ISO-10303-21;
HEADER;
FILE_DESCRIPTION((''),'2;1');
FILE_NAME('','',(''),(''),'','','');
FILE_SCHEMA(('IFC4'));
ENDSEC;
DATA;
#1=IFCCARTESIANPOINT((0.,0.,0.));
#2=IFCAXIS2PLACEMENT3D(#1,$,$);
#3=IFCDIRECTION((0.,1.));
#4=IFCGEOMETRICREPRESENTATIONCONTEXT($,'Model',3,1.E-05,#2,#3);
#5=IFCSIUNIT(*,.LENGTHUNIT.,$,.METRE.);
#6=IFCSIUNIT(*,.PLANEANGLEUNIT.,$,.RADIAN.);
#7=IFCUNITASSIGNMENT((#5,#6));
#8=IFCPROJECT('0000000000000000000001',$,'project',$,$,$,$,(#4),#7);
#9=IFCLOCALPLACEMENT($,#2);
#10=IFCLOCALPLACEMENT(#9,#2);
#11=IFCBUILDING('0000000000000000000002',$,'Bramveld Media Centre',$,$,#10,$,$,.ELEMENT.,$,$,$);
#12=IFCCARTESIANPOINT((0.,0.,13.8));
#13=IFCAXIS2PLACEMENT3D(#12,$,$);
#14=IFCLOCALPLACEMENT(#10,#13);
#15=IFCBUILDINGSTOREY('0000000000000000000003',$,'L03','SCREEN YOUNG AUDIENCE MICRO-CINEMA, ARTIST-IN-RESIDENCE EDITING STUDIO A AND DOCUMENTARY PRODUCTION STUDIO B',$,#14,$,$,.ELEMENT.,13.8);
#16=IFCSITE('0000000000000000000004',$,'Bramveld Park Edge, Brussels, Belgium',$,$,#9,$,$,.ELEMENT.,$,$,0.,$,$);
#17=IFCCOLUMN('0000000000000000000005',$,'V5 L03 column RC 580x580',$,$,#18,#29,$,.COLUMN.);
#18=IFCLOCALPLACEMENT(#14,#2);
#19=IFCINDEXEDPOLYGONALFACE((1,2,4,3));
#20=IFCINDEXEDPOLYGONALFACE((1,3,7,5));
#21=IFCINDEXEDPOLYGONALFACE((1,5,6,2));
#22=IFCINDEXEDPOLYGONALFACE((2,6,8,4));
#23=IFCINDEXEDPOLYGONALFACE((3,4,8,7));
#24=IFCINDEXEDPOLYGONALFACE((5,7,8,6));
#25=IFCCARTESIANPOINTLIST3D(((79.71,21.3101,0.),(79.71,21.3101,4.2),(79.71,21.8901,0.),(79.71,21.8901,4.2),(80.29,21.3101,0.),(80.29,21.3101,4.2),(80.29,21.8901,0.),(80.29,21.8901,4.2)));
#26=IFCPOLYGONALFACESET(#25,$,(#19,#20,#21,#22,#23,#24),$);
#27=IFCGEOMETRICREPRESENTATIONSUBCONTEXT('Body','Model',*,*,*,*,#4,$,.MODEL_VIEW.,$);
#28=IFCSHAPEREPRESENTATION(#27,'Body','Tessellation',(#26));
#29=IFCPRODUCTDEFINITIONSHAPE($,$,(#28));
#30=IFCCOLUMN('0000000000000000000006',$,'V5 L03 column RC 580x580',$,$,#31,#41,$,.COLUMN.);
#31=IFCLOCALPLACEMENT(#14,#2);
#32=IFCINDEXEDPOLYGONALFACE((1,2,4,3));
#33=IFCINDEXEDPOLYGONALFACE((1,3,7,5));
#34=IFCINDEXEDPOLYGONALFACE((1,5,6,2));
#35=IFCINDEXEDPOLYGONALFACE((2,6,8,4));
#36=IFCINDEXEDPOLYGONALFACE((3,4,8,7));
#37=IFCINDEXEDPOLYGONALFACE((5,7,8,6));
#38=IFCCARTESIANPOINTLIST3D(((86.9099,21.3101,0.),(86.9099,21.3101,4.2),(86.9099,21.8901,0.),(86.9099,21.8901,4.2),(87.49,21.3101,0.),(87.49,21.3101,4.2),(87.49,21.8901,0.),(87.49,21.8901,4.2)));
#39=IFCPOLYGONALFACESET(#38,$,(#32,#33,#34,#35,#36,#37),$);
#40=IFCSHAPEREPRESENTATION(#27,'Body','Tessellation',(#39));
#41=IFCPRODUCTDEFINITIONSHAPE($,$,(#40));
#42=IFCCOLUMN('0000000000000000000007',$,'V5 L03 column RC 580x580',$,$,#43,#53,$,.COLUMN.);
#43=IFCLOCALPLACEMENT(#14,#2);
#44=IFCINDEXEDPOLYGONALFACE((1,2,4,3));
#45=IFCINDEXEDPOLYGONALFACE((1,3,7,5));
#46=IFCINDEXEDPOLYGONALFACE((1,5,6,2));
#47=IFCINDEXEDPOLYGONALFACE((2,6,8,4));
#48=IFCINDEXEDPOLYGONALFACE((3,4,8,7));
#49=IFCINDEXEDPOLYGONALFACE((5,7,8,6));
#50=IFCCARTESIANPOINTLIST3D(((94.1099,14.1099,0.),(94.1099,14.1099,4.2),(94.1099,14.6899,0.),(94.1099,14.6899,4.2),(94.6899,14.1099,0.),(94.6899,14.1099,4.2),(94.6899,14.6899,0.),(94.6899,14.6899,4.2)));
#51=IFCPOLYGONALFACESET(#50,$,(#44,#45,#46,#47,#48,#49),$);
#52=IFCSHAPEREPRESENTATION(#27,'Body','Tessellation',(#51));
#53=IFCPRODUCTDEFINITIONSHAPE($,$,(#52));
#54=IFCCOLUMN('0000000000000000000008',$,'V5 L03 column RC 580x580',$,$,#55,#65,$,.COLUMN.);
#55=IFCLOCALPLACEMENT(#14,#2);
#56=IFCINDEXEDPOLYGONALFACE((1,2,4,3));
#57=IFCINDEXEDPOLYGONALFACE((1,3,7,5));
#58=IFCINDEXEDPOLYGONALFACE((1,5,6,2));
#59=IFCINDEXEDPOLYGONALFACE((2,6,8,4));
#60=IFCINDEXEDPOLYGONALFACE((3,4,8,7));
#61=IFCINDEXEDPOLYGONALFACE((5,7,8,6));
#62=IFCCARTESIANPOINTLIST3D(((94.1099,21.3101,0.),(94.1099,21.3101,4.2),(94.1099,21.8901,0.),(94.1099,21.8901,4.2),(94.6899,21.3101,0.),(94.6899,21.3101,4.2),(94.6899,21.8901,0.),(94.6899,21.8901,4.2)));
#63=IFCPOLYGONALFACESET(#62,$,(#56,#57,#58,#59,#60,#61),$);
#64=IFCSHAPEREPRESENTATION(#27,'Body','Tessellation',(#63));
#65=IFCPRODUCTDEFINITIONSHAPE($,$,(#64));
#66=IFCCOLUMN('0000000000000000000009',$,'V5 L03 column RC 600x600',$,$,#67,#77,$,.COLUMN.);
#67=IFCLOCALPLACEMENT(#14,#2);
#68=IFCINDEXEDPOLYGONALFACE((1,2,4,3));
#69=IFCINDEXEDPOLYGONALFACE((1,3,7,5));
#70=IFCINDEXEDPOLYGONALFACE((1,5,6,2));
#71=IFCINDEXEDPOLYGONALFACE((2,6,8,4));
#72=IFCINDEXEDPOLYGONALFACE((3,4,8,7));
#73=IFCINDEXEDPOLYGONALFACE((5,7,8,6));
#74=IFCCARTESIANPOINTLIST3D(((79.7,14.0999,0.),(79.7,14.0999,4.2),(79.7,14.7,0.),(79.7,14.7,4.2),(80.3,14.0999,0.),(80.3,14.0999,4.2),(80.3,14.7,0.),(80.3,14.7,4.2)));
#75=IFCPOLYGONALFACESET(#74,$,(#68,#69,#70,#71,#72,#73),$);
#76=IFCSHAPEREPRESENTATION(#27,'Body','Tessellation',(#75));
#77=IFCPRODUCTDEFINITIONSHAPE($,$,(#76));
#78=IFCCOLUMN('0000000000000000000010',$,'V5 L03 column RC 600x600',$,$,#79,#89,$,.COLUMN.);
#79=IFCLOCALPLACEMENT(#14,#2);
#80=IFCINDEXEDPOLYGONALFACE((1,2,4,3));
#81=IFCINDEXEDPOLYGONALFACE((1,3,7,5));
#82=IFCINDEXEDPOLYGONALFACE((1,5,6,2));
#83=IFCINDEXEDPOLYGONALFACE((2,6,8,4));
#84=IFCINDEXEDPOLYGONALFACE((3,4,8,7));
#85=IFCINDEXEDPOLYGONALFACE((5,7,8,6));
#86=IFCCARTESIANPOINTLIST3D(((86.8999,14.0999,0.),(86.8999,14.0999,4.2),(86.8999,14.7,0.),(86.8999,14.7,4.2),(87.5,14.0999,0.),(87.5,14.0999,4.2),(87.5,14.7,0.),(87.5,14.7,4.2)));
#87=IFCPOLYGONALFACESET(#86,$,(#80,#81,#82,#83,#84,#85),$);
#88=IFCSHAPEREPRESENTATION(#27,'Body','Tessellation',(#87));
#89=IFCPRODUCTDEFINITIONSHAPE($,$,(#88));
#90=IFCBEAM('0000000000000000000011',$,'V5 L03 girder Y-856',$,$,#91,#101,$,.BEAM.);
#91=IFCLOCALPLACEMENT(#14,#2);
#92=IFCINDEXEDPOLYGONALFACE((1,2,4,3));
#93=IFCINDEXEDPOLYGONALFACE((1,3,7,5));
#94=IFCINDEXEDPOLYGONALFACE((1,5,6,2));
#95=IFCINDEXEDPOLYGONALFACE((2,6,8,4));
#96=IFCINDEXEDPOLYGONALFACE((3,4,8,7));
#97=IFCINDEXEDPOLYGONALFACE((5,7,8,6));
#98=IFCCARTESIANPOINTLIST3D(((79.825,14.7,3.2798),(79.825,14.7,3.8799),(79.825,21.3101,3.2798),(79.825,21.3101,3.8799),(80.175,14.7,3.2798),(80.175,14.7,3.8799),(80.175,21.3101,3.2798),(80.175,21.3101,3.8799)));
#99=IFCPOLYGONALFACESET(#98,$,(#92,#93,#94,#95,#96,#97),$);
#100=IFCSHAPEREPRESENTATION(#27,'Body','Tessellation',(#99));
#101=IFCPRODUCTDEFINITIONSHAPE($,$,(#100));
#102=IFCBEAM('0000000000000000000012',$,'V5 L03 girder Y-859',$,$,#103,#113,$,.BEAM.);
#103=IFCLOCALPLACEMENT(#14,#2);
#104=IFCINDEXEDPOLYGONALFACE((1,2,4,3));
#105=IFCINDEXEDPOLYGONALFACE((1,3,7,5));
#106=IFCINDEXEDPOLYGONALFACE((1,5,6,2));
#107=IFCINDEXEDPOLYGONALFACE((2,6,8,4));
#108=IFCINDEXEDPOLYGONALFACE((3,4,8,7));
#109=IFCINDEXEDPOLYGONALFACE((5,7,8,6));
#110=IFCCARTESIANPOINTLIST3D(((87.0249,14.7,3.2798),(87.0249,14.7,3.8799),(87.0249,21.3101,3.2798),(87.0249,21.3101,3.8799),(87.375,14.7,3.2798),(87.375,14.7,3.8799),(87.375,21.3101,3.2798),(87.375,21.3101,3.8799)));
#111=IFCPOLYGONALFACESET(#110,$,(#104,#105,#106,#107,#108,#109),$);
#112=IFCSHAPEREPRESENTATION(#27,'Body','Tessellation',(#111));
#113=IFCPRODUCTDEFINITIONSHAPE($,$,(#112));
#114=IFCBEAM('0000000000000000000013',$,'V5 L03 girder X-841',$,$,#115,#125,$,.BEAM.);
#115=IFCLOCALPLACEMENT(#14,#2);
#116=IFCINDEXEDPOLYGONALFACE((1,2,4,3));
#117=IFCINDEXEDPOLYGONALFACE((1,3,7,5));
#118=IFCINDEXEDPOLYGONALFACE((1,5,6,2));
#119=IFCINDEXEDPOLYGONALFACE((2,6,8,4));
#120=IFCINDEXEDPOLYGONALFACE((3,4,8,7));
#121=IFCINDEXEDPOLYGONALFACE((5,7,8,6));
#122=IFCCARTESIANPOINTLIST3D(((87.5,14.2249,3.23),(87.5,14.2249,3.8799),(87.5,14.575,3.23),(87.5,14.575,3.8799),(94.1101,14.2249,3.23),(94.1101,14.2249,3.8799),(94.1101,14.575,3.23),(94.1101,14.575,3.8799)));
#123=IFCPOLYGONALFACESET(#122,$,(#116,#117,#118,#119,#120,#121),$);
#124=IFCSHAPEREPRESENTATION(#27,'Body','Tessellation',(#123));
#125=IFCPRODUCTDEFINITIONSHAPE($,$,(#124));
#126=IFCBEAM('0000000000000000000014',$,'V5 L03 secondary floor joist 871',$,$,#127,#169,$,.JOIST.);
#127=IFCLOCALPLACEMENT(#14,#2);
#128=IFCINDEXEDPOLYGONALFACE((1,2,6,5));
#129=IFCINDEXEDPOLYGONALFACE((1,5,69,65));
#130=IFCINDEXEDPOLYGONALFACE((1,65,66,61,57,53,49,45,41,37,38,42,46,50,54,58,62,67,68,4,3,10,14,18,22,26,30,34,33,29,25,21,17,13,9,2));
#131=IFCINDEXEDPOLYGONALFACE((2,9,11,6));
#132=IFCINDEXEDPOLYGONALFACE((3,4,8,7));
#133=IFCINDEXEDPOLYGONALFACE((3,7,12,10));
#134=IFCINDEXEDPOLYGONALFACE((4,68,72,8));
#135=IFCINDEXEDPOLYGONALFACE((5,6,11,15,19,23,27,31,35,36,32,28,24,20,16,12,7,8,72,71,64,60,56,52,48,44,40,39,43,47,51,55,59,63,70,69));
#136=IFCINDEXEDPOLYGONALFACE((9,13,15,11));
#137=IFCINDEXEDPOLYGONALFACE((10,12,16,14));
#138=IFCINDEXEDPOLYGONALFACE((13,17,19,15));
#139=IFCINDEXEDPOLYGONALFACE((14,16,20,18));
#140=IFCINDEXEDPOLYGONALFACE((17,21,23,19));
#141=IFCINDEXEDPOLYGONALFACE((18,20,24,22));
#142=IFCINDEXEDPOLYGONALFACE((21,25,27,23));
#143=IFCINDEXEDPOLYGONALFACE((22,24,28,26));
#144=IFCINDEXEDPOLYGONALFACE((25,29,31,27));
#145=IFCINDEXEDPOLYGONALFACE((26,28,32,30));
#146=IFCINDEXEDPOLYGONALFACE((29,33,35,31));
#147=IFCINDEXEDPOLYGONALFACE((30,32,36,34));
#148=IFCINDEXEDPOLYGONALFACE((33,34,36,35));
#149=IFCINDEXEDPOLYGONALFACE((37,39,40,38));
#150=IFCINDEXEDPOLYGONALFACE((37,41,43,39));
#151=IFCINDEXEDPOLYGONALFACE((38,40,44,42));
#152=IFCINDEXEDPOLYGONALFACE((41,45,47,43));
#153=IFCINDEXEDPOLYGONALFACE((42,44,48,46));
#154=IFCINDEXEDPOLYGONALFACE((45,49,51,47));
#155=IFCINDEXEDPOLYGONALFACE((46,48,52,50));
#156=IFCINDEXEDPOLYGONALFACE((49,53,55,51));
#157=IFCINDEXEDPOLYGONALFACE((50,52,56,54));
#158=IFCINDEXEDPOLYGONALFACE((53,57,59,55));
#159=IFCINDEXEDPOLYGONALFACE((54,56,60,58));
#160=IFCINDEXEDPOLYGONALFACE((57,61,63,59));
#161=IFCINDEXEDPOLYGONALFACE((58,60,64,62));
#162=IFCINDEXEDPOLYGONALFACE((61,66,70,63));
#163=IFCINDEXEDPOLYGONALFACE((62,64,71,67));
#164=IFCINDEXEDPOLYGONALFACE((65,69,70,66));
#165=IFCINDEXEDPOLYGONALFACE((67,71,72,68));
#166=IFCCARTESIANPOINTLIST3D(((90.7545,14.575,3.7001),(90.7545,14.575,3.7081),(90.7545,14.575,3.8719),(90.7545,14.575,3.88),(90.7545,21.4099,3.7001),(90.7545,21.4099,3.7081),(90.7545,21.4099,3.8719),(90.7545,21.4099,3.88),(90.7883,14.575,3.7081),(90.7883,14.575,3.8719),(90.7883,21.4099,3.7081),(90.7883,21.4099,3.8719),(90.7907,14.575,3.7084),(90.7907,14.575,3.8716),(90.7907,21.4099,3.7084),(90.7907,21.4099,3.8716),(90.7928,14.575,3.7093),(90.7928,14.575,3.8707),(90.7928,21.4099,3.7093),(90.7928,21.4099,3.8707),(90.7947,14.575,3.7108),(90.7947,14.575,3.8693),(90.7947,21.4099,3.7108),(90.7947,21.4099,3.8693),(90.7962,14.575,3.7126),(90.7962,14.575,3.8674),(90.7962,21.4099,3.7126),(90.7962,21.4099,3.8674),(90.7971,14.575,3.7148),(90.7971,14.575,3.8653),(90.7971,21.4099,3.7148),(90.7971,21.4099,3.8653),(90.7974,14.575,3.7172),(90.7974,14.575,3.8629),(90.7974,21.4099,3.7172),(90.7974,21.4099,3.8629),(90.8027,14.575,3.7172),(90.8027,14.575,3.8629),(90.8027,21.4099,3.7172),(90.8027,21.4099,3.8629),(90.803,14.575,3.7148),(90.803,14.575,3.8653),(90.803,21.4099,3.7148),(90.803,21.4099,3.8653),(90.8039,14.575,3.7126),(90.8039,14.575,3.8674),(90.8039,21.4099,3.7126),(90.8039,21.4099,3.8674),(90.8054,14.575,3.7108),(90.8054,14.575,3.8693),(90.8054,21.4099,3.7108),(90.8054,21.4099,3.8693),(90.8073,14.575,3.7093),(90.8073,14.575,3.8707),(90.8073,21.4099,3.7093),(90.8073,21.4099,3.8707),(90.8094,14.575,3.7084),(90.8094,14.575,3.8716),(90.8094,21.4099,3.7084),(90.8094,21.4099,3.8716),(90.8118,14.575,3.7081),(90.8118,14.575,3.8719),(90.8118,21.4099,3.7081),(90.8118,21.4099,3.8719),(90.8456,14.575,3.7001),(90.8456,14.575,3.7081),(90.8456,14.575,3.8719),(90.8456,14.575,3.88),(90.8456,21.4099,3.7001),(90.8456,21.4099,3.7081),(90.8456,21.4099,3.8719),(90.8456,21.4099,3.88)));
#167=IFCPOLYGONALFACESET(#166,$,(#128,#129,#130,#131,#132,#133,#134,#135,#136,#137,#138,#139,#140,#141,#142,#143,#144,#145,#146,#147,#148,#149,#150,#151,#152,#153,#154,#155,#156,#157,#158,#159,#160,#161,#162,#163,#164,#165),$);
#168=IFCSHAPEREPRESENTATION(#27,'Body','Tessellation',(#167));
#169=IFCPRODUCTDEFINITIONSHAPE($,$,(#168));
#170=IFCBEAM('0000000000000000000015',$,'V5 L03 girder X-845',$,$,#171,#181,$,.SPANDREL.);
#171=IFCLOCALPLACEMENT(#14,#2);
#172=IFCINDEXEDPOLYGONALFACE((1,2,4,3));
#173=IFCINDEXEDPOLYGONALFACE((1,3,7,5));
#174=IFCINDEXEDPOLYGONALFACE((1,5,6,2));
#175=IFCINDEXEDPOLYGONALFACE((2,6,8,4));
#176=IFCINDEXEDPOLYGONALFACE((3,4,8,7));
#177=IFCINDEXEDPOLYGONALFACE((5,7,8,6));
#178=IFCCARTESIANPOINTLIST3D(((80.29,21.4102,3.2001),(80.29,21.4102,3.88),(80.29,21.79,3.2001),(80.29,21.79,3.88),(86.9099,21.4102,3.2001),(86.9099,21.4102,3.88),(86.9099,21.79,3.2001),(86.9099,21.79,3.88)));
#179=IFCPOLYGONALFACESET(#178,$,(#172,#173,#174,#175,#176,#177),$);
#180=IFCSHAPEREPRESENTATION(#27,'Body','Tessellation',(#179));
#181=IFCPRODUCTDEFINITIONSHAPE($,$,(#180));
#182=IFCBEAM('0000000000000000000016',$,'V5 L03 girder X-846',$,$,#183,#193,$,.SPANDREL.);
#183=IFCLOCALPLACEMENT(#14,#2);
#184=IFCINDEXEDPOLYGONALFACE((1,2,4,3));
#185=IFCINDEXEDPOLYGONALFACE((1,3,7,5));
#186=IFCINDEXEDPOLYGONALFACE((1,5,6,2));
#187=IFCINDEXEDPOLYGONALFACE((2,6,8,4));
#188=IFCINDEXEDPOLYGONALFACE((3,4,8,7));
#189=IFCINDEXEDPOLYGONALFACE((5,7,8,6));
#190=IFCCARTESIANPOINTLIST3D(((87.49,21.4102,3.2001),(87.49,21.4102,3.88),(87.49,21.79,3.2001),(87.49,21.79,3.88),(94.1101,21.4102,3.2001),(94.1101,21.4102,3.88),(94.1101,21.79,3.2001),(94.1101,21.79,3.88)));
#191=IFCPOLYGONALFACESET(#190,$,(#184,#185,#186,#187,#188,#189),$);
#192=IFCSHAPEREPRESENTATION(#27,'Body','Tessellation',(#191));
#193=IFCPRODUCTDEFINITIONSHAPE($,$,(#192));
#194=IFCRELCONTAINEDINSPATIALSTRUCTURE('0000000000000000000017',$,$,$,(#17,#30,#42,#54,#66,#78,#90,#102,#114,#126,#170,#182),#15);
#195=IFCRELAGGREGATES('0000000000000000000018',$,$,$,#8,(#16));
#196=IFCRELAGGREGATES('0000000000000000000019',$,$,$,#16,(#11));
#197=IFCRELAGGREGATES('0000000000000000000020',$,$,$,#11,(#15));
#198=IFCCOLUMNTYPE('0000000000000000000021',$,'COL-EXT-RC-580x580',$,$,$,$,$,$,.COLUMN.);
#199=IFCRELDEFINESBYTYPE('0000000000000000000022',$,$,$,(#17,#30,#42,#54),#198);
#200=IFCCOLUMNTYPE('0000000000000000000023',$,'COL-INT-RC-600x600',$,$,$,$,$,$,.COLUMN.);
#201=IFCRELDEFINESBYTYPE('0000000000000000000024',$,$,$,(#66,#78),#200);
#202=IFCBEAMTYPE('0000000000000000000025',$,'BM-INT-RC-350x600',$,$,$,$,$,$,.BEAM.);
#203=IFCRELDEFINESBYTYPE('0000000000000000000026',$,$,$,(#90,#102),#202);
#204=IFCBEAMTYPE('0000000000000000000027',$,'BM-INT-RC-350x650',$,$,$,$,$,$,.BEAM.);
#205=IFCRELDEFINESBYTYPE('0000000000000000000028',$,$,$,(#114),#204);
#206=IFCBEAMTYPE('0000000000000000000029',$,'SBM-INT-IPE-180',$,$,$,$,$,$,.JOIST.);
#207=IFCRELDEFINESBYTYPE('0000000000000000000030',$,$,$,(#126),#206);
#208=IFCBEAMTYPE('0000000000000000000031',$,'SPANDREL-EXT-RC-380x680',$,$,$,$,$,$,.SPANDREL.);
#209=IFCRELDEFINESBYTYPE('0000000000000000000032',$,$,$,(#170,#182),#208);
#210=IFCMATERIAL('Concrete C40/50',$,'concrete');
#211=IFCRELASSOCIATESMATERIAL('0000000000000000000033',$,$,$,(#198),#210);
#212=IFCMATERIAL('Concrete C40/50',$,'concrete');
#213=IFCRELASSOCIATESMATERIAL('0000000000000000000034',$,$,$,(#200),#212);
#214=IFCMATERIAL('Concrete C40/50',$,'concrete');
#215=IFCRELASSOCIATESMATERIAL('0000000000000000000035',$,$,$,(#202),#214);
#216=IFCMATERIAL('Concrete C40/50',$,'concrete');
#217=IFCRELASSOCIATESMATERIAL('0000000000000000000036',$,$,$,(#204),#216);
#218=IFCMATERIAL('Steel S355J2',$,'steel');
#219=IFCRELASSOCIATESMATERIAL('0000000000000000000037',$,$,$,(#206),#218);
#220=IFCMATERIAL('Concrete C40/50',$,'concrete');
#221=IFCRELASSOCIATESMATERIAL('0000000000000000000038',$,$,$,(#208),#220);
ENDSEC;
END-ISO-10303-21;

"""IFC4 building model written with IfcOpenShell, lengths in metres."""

from ifc_helpers import new_model, si_unit, direction, frame, origin, origin_2d, place, context, subcontext, project, spatial, rectangle, i_section, extrude, material, material_profile, profile_set, type_object, element, save


model = new_model("IFC4")

# Units and contexts
model_context = context("Model", 3, precision=1e-05, world=origin(), true_north=direction((0.0, 1.0)))
body_context = subcontext(model_context, "Body", "Model", "MODEL_VIEW")
ifc_project = project(units=[si_unit("LENGTHUNIT", "METRE"), si_unit("PLANEANGLEUNIT", "RADIAN")], contexts=[model_context])

# Site, building, storey
site_placement = place(None, origin())
site = spatial("IfcSite", under=ifc_project, at=site_placement, Name="Bramveld Park Edge, Brussels, Belgium", CompositionType="ELEMENT", RefElevation=0.0)
building_placement = place(site_placement, origin())
building = spatial("IfcBuilding", under=site, at=building_placement, Name="Bramveld Media Centre", CompositionType="ELEMENT")
storey_placement = place(building_placement, frame((0.0, 0.0, 13.8)))
storey = spatial("IfcBuildingStorey", under=building, at=storey_placement, Name="L03", Description="SCREEN YOUNG AUDIENCE MICRO-CINEMA, ARTIST-IN-RESIDENCE EDITING STUDIO A AND DOCUMENTARY PRODUCTION STUDIO B", CompositionType="ELEMENT", Elevation=13.8)

# Columns
ifc_material_1 = material(Name="Concrete C40/50", Category="concrete")
ifc_material_profile_1 = material_profile(ifc_material_1, rectangle(XDim=0.5801, YDim=0.5801, at=origin_2d()), Name="RC 580x580")
ifc_profile_set_1 = profile_set([ifc_material_profile_1], Name="Concrete C40/50")
column_type_1 = type_object("IfcColumnType", Name="COL-EXT-RC-580x580", PredefinedType="COLUMN", material=ifc_profile_set_1)
for number, where, z_axis, x_axis, name in (
    (1, (80.0, 21.6001, 0.0), (0.0, 0.0, 1.0), (1.0, 0.0, 0.0), "V5 L03 column RC 580x580"),
    (2, (87.2, 21.6001, 0.0), (0.0, 0.0, 1.0), (1.0, 0.0, 0.0), "V5 L03 column RC 580x580"),
    (3, (94.3999, 14.3999, 0.0), (0.0, 0.0, 1.0), (1.0, 0.0, 0.0), "V5 L03 column RC 580x580"),
    (4, (94.3999, 21.6001, 0.0), (0.0, 0.0, 1.0), (1.0, 0.0, 0.0), "V5 L03 column RC 580x580"),
):
    element("IfcColumn", number, at=place(storey_placement, frame(where, z_axis=z_axis, x_axis=x_axis)), inside=storey, type_object=column_type_1, Name=name, PredefinedType="COLUMN", context=body_context, shape_type="SweptSolid", body=[
        extrude(rectangle(XDim=0.5801, YDim=0.5801, at=origin_2d()), origin(), (0.0, 0.0, 1.0), 4.2),
    ])
ifc_material_2 = material(Name="Concrete C40/50", Category="concrete")
ifc_material_profile_2 = material_profile(ifc_material_2, rectangle(XDim=0.6001, YDim=0.6001, at=origin_2d()), Name="RC 600x600")
ifc_profile_set_2 = profile_set([ifc_material_profile_2], Name="Concrete C40/50")
column_type_2 = type_object("IfcColumnType", Name="COL-INT-RC-600x600", PredefinedType="COLUMN", material=ifc_profile_set_2)
for number, where, z_axis, x_axis, name in (
    (5, (80.0, 14.3999, 0.0), (0.0, 0.0, 1.0), (1.0, 0.0, 0.0), "V5 L03 column RC 600x600"),
    (6, (87.2, 14.3999, 0.0), (0.0, 0.0, 1.0), (1.0, 0.0, 0.0), "V5 L03 column RC 600x600"),
):
    element("IfcColumn", number, at=place(storey_placement, frame(where, z_axis=z_axis, x_axis=x_axis)), inside=storey, type_object=column_type_2, Name=name, PredefinedType="COLUMN", context=body_context, shape_type="SweptSolid", body=[
        extrude(rectangle(XDim=0.6001, YDim=0.6001, at=origin_2d()), origin(), (0.0, 0.0, 1.0), 4.2),
    ])

# Beams
ifc_material_3 = material(Name="Concrete C40/50", Category="concrete")
ifc_material_profile_3 = material_profile(ifc_material_3, rectangle(XDim=0.3501, YDim=0.6001, at=origin_2d()), Name="RC 350x600")
ifc_profile_set_3 = profile_set([ifc_material_profile_3], Name="Concrete C40/50")
beam_type_1 = type_object("IfcBeamType", Name="BM-INT-RC-350x600", PredefinedType="BEAM", material=ifc_profile_set_3)
for number, where, z_axis, x_axis, name in (
    (7, (80.0, 14.7, 3.5798), (0.0, 1.0, 0.0), (-1.0, 0.0, 0.0), "V5 L03 girder Y-856"),
    (8, (87.2, 14.7, 3.5798), (0.0, 1.0, 0.0), (-1.0, 0.0, 0.0), "V5 L03 girder Y-859"),
):
    element("IfcBeam", number, at=place(storey_placement, frame(where, z_axis=z_axis, x_axis=x_axis)), inside=storey, type_object=beam_type_1, Name=name, PredefinedType="BEAM", context=body_context, shape_type="SweptSolid", body=[
        extrude(rectangle(XDim=0.3501, YDim=0.6001, at=origin_2d()), origin(), (0.0, 0.0, 1.0), 6.6101),
    ])
ifc_material_4 = material(Name="Concrete C40/50", Category="concrete")
ifc_material_profile_4 = material_profile(ifc_material_4, rectangle(XDim=0.3501, YDim=0.6499, at=origin_2d()), Name="RC 350x650")
ifc_profile_set_4 = profile_set([ifc_material_profile_4], Name="Concrete C40/50")
beam_type_2 = type_object("IfcBeamType", Name="BM-INT-RC-350x650", PredefinedType="BEAM", material=ifc_profile_set_4)
beam_1_placement = place(storey_placement, frame((87.5, 14.3999, 3.5549), z_axis=(1.0, 0.0, 0.0), x_axis=(0.0, 1.0, 0.0)))
element("IfcBeam", 9, at=beam_1_placement, inside=storey, type_object=beam_type_2, Name="V5 L03 girder X-841", PredefinedType="BEAM", context=body_context, shape_type="SweptSolid", body=[
    extrude(rectangle(XDim=0.3501, YDim=0.6499, at=origin_2d()), origin(), (0.0, 0.0, 1.0), 6.6101),
])
ifc_material_5 = material(Name="Steel S355J2", Category="steel")
ifc_material_profile_5 = material_profile(ifc_material_5, i_section(OverallWidth=0.0911, OverallDepth=0.1799, WebThickness=0.0054, FlangeThickness=0.0081, FilletRadius=0.009, at=origin_2d()), Name="IPE 180")
ifc_profile_set_5 = profile_set([ifc_material_profile_5], Name="Steel S355J2")
beam_type_3 = type_object("IfcBeamType", Name="SBM-INT-IPE-180", PredefinedType="JOIST", material=ifc_profile_set_5)
beam_2_placement = place(storey_placement, frame((90.8, 14.575, 3.79), z_axis=(0.0, 1.0, 0.0), x_axis=(-1.0, 0.0, 0.0)))
element("IfcBeam", 10, at=beam_2_placement, inside=storey, type_object=beam_type_3, Name="V5 L03 secondary floor joist 871", PredefinedType="JOIST", context=body_context, shape_type="SweptSolid", body=[
    extrude(i_section(OverallWidth=0.0911, OverallDepth=0.1799, WebThickness=0.0054, FlangeThickness=0.0081, FilletRadius=0.009, at=origin_2d()), origin(), (0.0, 0.0, 1.0), 6.835),
])
ifc_material_6 = material(Name="Concrete C40/50", Category="concrete")
ifc_material_profile_6 = material_profile(ifc_material_6, rectangle(XDim=0.3799, YDim=0.6799, at=origin_2d()), Name="RC 380x680")
ifc_profile_set_6 = profile_set([ifc_material_profile_6], Name="Concrete C40/50")
beam_type_4 = type_object("IfcBeamType", Name="SPANDREL-EXT-RC-380x680", PredefinedType="SPANDREL", material=ifc_profile_set_6)
beam_3_placement = place(storey_placement, frame((80.29, 21.6001, 3.54), z_axis=(1.0, 0.0, 0.0), x_axis=(0.0, 1.0, 0.0)))
element("IfcBeam", 11, at=beam_3_placement, inside=storey, type_object=beam_type_4, Name="V5 L03 girder X-845", PredefinedType="SPANDREL", context=body_context, shape_type="SweptSolid", body=[
    extrude(rectangle(XDim=0.3799, YDim=0.6799, at=origin_2d()), origin(), (0.0, 0.0, 1.0), 6.6199),
])
beam_4_placement = place(storey_placement, frame((87.49, 21.6001, 3.54), z_axis=(1.0, 0.0, 0.0), x_axis=(0.0, 1.0, 0.0)))
element("IfcBeam", 12, at=beam_4_placement, inside=storey, type_object=beam_type_4, Name="V5 L03 girder X-846", PredefinedType="SPANDREL", context=body_context, shape_type="SweptSolid", body=[
    extrude(rectangle(XDim=0.3799, YDim=0.6799, at=origin_2d()), origin(), (0.0, 0.0, 1.0), 6.6201),
])

save(model, "model.ifc")
